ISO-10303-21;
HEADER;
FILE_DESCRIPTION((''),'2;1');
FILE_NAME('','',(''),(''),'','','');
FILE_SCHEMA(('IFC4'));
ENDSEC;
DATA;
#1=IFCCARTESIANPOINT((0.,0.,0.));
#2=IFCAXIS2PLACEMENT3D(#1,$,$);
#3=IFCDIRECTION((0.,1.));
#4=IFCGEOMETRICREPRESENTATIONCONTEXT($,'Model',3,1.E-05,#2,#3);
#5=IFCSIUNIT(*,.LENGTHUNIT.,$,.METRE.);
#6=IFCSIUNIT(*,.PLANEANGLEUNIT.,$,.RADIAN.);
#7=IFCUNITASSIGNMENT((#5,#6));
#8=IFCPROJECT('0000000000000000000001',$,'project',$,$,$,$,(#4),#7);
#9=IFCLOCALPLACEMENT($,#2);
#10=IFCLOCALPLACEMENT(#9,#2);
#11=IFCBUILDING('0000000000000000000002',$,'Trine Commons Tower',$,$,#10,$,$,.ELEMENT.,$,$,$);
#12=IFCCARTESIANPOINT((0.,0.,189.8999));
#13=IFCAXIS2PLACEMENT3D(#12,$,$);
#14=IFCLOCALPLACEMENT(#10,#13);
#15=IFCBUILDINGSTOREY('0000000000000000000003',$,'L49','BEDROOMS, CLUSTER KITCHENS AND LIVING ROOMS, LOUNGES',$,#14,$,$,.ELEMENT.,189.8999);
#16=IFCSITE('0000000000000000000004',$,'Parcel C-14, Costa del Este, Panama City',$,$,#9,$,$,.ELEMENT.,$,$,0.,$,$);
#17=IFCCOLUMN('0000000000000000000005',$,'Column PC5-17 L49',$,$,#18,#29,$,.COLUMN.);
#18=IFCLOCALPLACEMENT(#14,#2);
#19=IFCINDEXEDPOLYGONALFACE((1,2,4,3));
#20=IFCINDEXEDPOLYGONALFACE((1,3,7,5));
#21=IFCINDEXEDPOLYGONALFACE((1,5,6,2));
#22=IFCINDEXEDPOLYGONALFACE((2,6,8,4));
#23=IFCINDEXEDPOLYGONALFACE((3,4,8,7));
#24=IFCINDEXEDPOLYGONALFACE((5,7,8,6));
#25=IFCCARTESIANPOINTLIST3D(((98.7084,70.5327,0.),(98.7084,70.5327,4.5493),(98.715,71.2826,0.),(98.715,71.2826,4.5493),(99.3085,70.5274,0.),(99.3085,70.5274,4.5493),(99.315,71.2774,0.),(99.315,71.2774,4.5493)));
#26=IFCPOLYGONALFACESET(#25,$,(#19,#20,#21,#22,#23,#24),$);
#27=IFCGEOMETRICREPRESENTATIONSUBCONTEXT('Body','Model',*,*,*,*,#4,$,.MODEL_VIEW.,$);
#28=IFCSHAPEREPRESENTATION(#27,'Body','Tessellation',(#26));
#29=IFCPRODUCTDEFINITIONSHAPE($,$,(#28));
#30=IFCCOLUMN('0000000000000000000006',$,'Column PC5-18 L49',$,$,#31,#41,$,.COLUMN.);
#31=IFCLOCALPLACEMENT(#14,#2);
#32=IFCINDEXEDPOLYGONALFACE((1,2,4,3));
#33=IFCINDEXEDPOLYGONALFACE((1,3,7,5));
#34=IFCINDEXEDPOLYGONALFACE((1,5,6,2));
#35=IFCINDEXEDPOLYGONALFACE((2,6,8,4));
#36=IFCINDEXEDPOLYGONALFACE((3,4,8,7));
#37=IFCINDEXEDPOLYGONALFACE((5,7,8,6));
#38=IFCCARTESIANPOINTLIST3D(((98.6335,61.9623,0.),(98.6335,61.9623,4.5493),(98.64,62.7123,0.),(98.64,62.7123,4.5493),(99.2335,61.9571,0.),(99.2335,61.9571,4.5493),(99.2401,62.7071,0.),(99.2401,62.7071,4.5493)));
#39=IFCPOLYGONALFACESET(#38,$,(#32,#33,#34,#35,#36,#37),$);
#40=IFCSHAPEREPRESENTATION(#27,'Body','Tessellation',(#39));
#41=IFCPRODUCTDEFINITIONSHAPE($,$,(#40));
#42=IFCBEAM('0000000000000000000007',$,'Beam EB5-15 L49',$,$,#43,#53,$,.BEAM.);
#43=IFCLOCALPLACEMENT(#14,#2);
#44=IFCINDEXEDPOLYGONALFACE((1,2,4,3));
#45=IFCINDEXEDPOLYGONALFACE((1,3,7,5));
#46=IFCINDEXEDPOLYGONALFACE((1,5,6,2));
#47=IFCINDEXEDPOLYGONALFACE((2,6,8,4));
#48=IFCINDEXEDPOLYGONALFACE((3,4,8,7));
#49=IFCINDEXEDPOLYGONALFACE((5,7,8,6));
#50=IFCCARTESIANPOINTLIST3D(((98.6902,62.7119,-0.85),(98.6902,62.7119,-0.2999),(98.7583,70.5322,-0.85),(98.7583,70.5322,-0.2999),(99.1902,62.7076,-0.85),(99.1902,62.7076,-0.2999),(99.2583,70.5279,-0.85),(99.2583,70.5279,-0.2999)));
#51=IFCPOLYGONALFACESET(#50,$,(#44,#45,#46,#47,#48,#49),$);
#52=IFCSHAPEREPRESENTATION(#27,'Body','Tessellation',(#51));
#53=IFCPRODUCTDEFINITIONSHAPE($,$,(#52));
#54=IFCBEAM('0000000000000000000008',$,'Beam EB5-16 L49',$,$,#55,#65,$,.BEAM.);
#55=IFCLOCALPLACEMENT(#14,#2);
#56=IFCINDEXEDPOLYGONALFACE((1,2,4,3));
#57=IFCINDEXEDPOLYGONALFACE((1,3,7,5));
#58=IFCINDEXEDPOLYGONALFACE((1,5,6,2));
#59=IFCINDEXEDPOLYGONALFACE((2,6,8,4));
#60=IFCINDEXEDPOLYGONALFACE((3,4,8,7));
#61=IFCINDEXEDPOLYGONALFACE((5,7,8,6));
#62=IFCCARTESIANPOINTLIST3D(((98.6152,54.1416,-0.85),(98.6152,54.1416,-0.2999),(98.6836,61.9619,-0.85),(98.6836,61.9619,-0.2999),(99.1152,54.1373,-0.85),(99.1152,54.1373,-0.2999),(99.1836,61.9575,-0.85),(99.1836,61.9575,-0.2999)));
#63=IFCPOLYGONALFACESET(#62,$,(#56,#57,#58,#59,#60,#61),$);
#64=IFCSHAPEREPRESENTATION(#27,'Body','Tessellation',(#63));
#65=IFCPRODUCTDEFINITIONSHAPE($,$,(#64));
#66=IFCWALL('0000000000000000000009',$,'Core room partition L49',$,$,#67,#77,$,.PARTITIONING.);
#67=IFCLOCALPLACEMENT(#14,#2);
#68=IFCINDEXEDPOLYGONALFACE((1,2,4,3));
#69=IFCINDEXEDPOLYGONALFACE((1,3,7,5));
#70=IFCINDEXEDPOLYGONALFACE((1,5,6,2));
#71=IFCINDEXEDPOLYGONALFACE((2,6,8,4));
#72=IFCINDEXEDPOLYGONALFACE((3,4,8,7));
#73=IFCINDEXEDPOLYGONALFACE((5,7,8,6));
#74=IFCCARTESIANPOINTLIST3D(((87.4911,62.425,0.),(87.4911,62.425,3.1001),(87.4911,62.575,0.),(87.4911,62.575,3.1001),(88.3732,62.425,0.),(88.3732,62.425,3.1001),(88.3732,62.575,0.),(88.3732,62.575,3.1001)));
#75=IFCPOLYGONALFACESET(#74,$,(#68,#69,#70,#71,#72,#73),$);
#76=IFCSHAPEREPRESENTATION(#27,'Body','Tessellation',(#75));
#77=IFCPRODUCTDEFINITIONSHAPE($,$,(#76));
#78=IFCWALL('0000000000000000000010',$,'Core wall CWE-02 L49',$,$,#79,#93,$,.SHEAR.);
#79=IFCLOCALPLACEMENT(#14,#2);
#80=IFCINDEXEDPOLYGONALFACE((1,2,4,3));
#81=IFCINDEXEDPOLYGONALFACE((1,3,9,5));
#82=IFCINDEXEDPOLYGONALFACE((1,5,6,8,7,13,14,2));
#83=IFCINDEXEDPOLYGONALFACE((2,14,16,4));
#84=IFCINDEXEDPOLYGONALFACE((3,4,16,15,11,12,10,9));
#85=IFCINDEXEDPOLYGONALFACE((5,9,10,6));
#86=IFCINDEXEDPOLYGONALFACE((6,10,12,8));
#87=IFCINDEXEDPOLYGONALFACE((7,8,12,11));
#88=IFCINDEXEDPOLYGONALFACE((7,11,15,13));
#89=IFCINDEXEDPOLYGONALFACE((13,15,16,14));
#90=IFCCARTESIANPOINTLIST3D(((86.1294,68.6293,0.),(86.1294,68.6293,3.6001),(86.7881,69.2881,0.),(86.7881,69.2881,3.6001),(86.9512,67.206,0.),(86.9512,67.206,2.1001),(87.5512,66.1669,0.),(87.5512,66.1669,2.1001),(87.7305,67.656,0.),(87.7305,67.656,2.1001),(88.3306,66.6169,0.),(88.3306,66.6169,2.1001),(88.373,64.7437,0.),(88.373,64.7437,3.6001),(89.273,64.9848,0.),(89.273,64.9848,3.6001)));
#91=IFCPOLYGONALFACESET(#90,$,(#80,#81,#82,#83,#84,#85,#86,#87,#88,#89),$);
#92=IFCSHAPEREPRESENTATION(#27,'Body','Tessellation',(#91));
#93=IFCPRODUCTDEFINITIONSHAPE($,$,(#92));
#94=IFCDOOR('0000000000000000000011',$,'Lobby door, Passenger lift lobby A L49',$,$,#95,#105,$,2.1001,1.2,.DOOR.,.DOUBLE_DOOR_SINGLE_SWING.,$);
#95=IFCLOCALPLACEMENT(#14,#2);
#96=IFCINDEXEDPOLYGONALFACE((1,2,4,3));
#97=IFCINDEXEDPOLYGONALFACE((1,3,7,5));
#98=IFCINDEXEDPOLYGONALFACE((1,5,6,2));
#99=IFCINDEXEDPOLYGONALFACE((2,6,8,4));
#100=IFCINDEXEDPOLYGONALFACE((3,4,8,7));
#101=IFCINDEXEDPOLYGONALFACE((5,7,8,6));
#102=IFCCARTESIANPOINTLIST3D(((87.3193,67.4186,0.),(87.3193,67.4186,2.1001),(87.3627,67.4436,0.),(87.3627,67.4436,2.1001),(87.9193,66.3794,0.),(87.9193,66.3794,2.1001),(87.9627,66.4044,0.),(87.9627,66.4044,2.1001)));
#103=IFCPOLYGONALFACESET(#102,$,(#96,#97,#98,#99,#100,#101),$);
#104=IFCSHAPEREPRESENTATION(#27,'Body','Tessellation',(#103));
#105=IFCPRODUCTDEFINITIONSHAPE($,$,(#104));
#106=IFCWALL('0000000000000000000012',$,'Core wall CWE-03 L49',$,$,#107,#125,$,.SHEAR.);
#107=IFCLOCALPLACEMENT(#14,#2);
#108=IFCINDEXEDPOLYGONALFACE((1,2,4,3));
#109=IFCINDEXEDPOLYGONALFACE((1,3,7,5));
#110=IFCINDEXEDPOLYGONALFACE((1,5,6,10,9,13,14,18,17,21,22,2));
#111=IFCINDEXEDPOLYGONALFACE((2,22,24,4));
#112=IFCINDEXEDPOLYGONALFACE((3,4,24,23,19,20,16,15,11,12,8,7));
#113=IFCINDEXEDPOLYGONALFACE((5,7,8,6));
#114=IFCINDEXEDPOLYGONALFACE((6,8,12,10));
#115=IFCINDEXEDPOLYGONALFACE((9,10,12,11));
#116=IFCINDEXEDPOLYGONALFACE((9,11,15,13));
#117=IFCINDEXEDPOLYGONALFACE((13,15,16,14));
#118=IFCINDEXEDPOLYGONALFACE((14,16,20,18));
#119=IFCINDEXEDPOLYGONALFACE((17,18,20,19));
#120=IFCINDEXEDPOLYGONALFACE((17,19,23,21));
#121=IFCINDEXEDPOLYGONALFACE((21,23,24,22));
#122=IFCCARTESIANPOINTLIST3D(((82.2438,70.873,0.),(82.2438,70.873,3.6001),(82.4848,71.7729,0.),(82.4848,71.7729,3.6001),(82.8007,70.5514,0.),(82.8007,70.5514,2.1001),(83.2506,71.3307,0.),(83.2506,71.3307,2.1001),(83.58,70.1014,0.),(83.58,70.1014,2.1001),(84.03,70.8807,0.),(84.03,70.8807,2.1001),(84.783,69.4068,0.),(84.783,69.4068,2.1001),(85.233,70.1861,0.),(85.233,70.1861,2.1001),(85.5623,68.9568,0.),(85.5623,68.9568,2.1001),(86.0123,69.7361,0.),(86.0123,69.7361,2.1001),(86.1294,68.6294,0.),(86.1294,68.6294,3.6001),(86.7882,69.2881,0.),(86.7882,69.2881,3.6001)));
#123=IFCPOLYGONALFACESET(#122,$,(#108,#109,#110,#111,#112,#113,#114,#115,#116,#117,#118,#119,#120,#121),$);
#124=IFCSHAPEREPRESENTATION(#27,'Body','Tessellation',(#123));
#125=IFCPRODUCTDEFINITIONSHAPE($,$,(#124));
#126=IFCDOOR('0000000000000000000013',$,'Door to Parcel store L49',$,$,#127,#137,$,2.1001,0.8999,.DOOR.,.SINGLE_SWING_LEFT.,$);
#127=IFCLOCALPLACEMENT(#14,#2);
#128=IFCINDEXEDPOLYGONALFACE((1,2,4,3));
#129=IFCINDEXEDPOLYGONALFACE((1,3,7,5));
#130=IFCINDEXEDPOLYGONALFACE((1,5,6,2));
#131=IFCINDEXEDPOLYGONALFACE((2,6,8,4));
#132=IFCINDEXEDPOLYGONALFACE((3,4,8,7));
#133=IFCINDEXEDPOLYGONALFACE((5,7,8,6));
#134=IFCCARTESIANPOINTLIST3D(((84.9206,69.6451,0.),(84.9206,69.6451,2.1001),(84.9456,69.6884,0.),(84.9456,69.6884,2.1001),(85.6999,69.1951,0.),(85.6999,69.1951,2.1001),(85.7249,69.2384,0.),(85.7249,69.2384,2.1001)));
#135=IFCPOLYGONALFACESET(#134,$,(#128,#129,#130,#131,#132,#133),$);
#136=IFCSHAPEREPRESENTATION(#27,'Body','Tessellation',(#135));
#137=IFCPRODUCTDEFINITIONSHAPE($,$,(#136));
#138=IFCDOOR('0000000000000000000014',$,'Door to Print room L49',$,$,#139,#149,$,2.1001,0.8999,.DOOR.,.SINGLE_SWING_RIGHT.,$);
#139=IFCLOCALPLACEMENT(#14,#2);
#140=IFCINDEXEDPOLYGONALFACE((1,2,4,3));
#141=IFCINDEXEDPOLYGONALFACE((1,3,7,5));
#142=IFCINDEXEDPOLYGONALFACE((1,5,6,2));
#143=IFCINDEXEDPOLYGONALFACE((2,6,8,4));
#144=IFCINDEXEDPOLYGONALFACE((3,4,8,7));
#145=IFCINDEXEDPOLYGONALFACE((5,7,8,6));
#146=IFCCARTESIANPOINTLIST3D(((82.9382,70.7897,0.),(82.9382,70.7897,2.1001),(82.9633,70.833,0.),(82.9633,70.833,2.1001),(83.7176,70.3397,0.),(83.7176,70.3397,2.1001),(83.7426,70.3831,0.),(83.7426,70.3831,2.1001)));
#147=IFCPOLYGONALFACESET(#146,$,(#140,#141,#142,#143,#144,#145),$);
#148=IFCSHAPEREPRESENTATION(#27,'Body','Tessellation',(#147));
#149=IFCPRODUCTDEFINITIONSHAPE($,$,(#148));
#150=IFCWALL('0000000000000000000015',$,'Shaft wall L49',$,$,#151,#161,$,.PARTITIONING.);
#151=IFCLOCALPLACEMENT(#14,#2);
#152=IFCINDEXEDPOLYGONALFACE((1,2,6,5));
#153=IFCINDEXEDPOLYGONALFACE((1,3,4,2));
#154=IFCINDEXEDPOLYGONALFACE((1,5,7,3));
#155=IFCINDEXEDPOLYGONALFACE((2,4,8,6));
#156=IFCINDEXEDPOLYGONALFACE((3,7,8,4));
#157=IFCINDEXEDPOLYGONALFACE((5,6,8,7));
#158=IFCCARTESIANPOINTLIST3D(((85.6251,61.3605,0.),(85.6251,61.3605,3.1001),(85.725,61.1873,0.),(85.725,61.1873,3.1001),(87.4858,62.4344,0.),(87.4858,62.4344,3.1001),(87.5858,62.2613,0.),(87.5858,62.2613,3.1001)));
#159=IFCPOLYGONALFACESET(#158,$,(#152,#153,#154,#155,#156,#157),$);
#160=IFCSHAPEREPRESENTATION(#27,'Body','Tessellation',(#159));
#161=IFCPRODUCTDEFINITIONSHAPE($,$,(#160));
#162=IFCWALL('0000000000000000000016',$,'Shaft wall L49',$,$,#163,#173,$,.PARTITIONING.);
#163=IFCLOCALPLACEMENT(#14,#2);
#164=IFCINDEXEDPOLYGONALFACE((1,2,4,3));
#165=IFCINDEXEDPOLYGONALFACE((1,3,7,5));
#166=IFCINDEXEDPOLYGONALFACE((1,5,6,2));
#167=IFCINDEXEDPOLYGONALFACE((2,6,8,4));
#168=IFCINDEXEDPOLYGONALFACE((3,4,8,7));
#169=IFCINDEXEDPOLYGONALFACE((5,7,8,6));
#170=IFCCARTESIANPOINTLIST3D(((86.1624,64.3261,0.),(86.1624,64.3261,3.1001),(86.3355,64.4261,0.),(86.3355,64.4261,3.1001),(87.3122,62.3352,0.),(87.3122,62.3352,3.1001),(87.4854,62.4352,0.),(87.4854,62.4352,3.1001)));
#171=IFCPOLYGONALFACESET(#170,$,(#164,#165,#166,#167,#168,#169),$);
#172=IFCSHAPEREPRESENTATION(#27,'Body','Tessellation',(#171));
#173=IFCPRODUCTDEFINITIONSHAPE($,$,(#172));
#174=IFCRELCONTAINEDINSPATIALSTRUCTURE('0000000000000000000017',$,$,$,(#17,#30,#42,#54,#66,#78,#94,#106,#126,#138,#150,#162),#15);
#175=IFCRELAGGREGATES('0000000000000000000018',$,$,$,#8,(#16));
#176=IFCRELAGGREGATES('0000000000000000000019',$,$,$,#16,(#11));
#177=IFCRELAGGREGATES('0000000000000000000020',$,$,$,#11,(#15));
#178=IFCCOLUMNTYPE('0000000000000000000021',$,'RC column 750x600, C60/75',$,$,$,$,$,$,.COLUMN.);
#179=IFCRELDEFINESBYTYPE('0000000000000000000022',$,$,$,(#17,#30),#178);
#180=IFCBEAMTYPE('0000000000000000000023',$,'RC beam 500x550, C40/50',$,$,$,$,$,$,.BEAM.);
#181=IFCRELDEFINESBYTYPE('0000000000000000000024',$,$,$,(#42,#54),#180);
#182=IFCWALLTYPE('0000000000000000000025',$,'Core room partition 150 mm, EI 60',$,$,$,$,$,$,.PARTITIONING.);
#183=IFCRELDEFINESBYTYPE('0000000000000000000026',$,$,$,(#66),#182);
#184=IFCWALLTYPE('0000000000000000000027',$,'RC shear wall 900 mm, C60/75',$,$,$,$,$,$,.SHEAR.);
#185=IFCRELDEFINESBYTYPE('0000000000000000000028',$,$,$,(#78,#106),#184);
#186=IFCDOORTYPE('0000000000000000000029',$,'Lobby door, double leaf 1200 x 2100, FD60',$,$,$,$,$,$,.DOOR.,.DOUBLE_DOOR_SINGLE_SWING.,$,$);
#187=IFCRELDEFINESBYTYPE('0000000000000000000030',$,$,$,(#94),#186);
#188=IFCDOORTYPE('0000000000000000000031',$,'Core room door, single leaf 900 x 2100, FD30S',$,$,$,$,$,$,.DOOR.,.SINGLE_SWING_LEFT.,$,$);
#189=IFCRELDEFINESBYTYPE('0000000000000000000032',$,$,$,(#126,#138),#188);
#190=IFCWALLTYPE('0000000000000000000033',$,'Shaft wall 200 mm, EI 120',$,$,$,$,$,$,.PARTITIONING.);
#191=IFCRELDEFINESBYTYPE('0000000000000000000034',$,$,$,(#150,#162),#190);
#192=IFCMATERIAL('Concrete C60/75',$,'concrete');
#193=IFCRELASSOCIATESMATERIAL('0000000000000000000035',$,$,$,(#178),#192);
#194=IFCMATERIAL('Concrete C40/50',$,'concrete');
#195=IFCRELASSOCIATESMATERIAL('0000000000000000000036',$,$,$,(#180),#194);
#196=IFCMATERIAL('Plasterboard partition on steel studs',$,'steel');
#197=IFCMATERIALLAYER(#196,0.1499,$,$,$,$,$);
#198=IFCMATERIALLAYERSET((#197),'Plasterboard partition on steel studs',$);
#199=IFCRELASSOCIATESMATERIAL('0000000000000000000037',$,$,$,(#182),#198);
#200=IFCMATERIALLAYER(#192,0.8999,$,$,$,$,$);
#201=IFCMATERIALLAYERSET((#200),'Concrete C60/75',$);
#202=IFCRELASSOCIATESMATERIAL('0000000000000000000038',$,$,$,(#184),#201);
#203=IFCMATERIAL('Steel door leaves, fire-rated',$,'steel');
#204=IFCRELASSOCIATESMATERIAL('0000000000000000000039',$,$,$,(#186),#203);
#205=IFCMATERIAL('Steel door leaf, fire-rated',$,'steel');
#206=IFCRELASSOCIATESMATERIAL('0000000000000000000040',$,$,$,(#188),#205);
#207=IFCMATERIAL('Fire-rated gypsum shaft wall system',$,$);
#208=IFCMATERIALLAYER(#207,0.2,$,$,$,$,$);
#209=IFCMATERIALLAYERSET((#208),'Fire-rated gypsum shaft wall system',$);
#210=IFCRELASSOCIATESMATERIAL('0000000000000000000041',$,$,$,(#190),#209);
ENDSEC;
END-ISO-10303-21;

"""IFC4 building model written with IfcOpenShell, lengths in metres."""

from ifc_helpers import new_model, si_unit, direction, frame, frame_2d, origin, origin_2d, place, context, subcontext, project, spatial, polyline, rectangle, outline, extrude, material, layer, layer_set, material_profile, profile_set, type_object, element, fill, save


model = new_model("IFC4")

# Units and contexts
model_context = context("Model", 3, precision=1e-05, world=origin(), true_north=direction((0.0, 1.0)))
body_context = subcontext(model_context, "Body", "Model", "MODEL_VIEW")
ifc_project = project(units=[si_unit("LENGTHUNIT", "METRE"), si_unit("PLANEANGLEUNIT", "RADIAN")], contexts=[model_context])

# Site, building, storey
site_placement = place(None, origin())
site = spatial("IfcSite", under=ifc_project, at=site_placement, Name="Parcel C-14, Costa del Este, Panama City", CompositionType="ELEMENT", RefElevation=0.0)
building_placement = place(site_placement, origin())
building = spatial("IfcBuilding", under=site, at=building_placement, Name="Trine Commons Tower", CompositionType="ELEMENT")
storey_placement = place(building_placement, frame((0.0, 0.0, 189.8999)))
storey = spatial("IfcBuildingStorey", under=building, at=storey_placement, Name="L49", Description="BEDROOMS, CLUSTER KITCHENS AND LIVING ROOMS, LOUNGES", CompositionType="ELEMENT", Elevation=189.8999)

# Columns
ifc_material_1 = material(Name="Concrete C60/75", Category="concrete")
ifc_material_profile_1 = material_profile(ifc_material_1, rectangle(XDim=0.75, YDim=0.6001, at=origin_2d()), Name="RC 750x600")
ifc_profile_set_1 = profile_set([ifc_material_profile_1], Name="Concrete C60/75")
column_type = type_object("IfcColumnType", Name="RC column 750x600, C60/75", PredefinedType="COLUMN", material=ifc_profile_set_1)
for number, where, z_axis, x_axis, name in (
    (1, (99.0117, 70.905, 0.0), (0.0, 0.0, 1.0), (0.008727, 0.999962, 0.0), "Column PC5-17 L49"),
    (2, (98.9368, 62.3347, 0.0), (0.0, 0.0, 1.0), (0.008727, 0.999962, 0.0), "Column PC5-18 L49"),
):
    element("IfcColumn", number, at=place(storey_placement, frame(where, z_axis=z_axis, x_axis=x_axis)), inside=storey, type_object=column_type, Name=name, PredefinedType="COLUMN", context=body_context, shape_type="SweptSolid", body=[
        extrude(rectangle(XDim=0.75, YDim=0.6001, at=origin_2d()), origin(), (0.0, 0.0, 1.0), 4.5493),
    ])

# Beams
ifc_material_2 = material(Name="Concrete C40/50", Category="concrete")
ifc_material_profile_2 = material_profile(ifc_material_2, rectangle(XDim=0.5, YDim=0.55, at=origin_2d()), Name="RC 500x550")
ifc_profile_set_2 = profile_set([ifc_material_profile_2], Name="Concrete C40/50")
beam_type = type_object("IfcBeamType", Name="RC beam 500x550, C40/50", PredefinedType="BEAM", material=ifc_profile_set_2)
for number, where, z_axis, x_axis, name in (
    (3, (99.0083, 70.53, -0.575), (-0.00871, -0.999962, 0.0), (0.999962, -0.00871, 0.0), "Beam EB5-15 L49"),
    (4, (98.9336, 61.9597, -0.575), (-0.008741, -0.999962, 0.0), (0.999962, -0.008741, 0.0), "Beam EB5-16 L49"),
):
    element("IfcBeam", number, at=place(storey_placement, frame(where, z_axis=z_axis, x_axis=x_axis)), inside=storey, type_object=beam_type, Name=name, PredefinedType="BEAM", context=body_context, shape_type="SweptSolid", body=[
        extrude(rectangle(XDim=0.5, YDim=0.55, at=origin_2d()), origin(), (0.0, 0.0, 1.0), 7.8206),
    ])

# Wall
ifc_material_3 = material(Name="Plasterboard partition on steel studs", Category="steel")
ifc_layer_1 = layer(ifc_material_3, 0.1499)
ifc_layer_set_1 = layer_set([ifc_layer_1], Name="Plasterboard partition on steel studs")
wall_type_1 = type_object("IfcWallType", Name="Core room partition 150 mm, EI 60", PredefinedType="PARTITIONING", material=ifc_layer_set_1)
wall_1_placement = place(storey_placement, frame((88.373, 62.5, 0.0), z_axis=(0.0, 0.0, 1.0), x_axis=(-1.0, 0.0, 0.0)))
element("IfcWall", 5, at=wall_1_placement, inside=storey, type_object=wall_type_1, Name="Core room partition L49", PredefinedType="PARTITIONING", context=body_context, shape_type="SweptSolid", body=[
    extrude(rectangle(XDim=0.8821, YDim=0.1499, at=frame_2d((0.4409, 0.0))), origin(), (0.0, 0.0, 1.0), 3.1001),
])

# Wall, opening, door
ifc_layer_2 = layer(ifc_material_1, 0.8999)
ifc_layer_set_2 = layer_set([ifc_layer_2], Name="Concrete C60/75")
wall_type_2 = type_object("IfcWallType", Name="RC shear wall 900 mm, C60/75", PredefinedType="SHEAR", material=ifc_layer_set_2)
wall_2_placement = place(storey_placement, frame((88.8833, 64.7598, 0.0), z_axis=(0.0, 0.0, 1.0), x_axis=(-0.500039, 0.866003, 0.0)))
wall_2 = element("IfcWall", 6, at=wall_2_placement, inside=storey, type_object=wall_type_2, Name="Core wall CWE-02 L49", PredefinedType="SHEAR", context=body_context, shape_type="SweptSolid", body=[
    extrude(outline(polyline([(0.0, -0.45), (4.9692, -0.45), (4.728, 0.45), (0.2412, 0.45), (0.0, -0.45)])), origin(), (0.0, 0.0, 1.0), 3.6001),
])
opening_1_placement = place(wall_2_placement, frame((1.8845, 0.0, 0.0)))
opening_1 = element("IfcOpeningElement", 7, at=opening_1_placement, cuts=wall_2, PredefinedType="OPENING", context=body_context, shape_type="SweptSolid", body=[
    extrude(rectangle(XDim=1.2, YDim=2.1001, at=frame_2d((0.6001, 1.05))), frame((0.0, 0.46, 0.0), z_axis=(0.0, -1.0, 0.0), x_axis=(1.0, 0.0, 0.0)), (0.0, 0.0, 1.0), 0.9199),
])
ifc_material_4 = material(Name="Steel door leaves, fire-rated", Category="steel")
door_type_1 = type_object("IfcDoorType", Name="Lobby door, double leaf 1200 x 2100, FD60", OperationType="DOUBLE_DOOR_SINGLE_SWING", PredefinedType="DOOR", material=ifc_material_4)
door_1_placement = place(opening_1_placement, origin())
door_1 = element("IfcDoor", 8, at=door_1_placement, inside=storey, type_object=door_type_1, Name="Lobby door, Passenger lift lobby A L49", OperationType="DOUBLE_DOOR_SINGLE_SWING", OverallHeight=2.1001, OverallWidth=1.2, PredefinedType="DOOR", context=body_context, shape_type="SweptSolid", body=[
    extrude(rectangle(XDim=1.2, YDim=2.1001, at=frame_2d((0.6001, 1.05))), frame((0.0, 0.0249, 0.0), z_axis=(0.0, -1.0, 0.0), x_axis=(1.0, 0.0, 0.0)), (0.0, 0.0, 1.0), 0.05),
])
fill(opening_1, door_1)

# Wall, openings, doors
wall_3_placement = place(storey_placement, frame((86.5632, 68.8984, 0.0), z_axis=(0.0, 0.0, 1.0), x_axis=(-0.866003, 0.500039, 0.0)))
wall_3 = element("IfcWall", 9, at=wall_3_placement, inside=storey, type_object=wall_type_2, Name="Core wall CWE-03 L49", PredefinedType="SHEAR", context=body_context, shape_type="SweptSolid", body=[
    extrude(outline(polyline([(0.0, -0.45), (4.9692, -0.45), (4.728, 0.45), (0.2412, 0.45), (0.0, -0.45)])), origin(), (0.0, 0.0, 1.0), 3.6001),
])
opening_2_placement = place(wall_3_placement, frame((0.896, 0.0, 0.0)))
opening_2 = element("IfcOpeningElement", 10, at=opening_2_placement, cuts=wall_3, PredefinedType="OPENING", context=body_context, shape_type="SweptSolid", body=[
    extrude(rectangle(XDim=0.8999, YDim=2.1001, at=frame_2d((0.45, 1.05))), frame((0.0, 0.46, 0.0), z_axis=(0.0, -1.0, 0.0), x_axis=(1.0, 0.0, 0.0)), (0.0, 0.0, 1.0), 0.9199),
])
opening_3_placement = place(wall_3_placement, frame((3.1851, 0.0, 0.0)))
opening_3 = element("IfcOpeningElement", 11, at=opening_3_placement, cuts=wall_3, PredefinedType="OPENING", context=body_context, shape_type="SweptSolid", body=[
    extrude(rectangle(XDim=0.8999, YDim=2.1001, at=frame_2d((0.45, 1.05))), frame((0.0, 0.46, 0.0), z_axis=(0.0, -1.0, 0.0), x_axis=(1.0, 0.0, 0.0)), (0.0, 0.0, 1.0), 0.9199),
])
ifc_material_5 = material(Name="Steel door leaf, fire-rated", Category="steel")
door_type_2 = type_object("IfcDoorType", Name="Core room door, single leaf 900 x 2100, FD30S", OperationType="SINGLE_SWING_LEFT", PredefinedType="DOOR", material=ifc_material_5)
door_2_placement = place(opening_2_placement, origin())
door_2 = element("IfcDoor", 12, at=door_2_placement, inside=storey, type_object=door_type_2, Name="Door to Parcel store L49", OperationType="SINGLE_SWING_LEFT", OverallHeight=2.1001, OverallWidth=0.8999, PredefinedType="DOOR", context=body_context, shape_type="SweptSolid", body=[
    extrude(rectangle(XDim=0.8999, YDim=2.1001, at=frame_2d((0.45, 1.05))), frame((0.0, 0.1748, 0.0), z_axis=(0.0, -1.0, 0.0), x_axis=(1.0, 0.0, 0.0)), (0.0, 0.0, 1.0), 0.05),
])
fill(opening_2, door_2)
door_3_placement = place(opening_3_placement, origin())
door_3 = element("IfcDoor", 13, at=door_3_placement, inside=storey, type_object=door_type_2, Name="Door to Print room L49", OperationType="SINGLE_SWING_RIGHT", OverallHeight=2.1001, OverallWidth=0.8999, PredefinedType="DOOR", context=body_context, shape_type="SweptSolid", body=[
    extrude(rectangle(XDim=0.8999, YDim=2.1001, at=frame_2d((0.45, 1.05))), frame((0.0, 0.1748, 0.0), z_axis=(0.0, -1.0, 0.0), x_axis=(1.0, 0.0, 0.0)), (0.0, 0.0, 1.0), 0.05),
])
fill(opening_3, door_3)

# Walls
ifc_material_6 = material(Name="Fire-rated gypsum shaft wall system")
ifc_layer_3 = layer(ifc_material_6, 0.2)
ifc_layer_set_3 = layer_set([ifc_layer_3], Name="Fire-rated gypsum shaft wall system")
wall_type_3 = type_object("IfcWallType", Name="Shaft wall 200 mm, EI 120", PredefinedType="PARTITIONING", material=ifc_layer_set_3)
wall_4_placement = place(storey_placement, frame((85.675, 61.2739, 0.0), z_axis=(0.0, 0.0, 1.0), x_axis=(0.866102, 0.499867, 0.0)))
element("IfcWall", 14, at=wall_4_placement, inside=storey, type_object=wall_type_3, Name="Shaft wall L49", PredefinedType="PARTITIONING", context=body_context, shape_type="SweptSolid", body=[
    extrude(rectangle(XDim=2.1484, YDim=0.2, at=frame_2d((1.0742, 0.0))), origin(), (0.0, 0.0, 1.0), 3.1001),
])
wall_5_placement = place(storey_placement, frame((86.249, 64.376, 0.0), z_axis=(0.0, 0.0, 1.0), x_axis=(0.500136, -0.865947, 0.0)))
element("IfcWall", 15, at=wall_5_placement, inside=storey, type_object=wall_type_3, Name="Shaft wall L49", PredefinedType="PARTITIONING", context=body_context, shape_type="SweptSolid", body=[
    extrude(rectangle(XDim=2.2991, YDim=0.2, at=frame_2d((1.1494, 0.0))), origin(), (0.0, 0.0, 1.0), 3.1001),
])

save(model, "model.ifc")
